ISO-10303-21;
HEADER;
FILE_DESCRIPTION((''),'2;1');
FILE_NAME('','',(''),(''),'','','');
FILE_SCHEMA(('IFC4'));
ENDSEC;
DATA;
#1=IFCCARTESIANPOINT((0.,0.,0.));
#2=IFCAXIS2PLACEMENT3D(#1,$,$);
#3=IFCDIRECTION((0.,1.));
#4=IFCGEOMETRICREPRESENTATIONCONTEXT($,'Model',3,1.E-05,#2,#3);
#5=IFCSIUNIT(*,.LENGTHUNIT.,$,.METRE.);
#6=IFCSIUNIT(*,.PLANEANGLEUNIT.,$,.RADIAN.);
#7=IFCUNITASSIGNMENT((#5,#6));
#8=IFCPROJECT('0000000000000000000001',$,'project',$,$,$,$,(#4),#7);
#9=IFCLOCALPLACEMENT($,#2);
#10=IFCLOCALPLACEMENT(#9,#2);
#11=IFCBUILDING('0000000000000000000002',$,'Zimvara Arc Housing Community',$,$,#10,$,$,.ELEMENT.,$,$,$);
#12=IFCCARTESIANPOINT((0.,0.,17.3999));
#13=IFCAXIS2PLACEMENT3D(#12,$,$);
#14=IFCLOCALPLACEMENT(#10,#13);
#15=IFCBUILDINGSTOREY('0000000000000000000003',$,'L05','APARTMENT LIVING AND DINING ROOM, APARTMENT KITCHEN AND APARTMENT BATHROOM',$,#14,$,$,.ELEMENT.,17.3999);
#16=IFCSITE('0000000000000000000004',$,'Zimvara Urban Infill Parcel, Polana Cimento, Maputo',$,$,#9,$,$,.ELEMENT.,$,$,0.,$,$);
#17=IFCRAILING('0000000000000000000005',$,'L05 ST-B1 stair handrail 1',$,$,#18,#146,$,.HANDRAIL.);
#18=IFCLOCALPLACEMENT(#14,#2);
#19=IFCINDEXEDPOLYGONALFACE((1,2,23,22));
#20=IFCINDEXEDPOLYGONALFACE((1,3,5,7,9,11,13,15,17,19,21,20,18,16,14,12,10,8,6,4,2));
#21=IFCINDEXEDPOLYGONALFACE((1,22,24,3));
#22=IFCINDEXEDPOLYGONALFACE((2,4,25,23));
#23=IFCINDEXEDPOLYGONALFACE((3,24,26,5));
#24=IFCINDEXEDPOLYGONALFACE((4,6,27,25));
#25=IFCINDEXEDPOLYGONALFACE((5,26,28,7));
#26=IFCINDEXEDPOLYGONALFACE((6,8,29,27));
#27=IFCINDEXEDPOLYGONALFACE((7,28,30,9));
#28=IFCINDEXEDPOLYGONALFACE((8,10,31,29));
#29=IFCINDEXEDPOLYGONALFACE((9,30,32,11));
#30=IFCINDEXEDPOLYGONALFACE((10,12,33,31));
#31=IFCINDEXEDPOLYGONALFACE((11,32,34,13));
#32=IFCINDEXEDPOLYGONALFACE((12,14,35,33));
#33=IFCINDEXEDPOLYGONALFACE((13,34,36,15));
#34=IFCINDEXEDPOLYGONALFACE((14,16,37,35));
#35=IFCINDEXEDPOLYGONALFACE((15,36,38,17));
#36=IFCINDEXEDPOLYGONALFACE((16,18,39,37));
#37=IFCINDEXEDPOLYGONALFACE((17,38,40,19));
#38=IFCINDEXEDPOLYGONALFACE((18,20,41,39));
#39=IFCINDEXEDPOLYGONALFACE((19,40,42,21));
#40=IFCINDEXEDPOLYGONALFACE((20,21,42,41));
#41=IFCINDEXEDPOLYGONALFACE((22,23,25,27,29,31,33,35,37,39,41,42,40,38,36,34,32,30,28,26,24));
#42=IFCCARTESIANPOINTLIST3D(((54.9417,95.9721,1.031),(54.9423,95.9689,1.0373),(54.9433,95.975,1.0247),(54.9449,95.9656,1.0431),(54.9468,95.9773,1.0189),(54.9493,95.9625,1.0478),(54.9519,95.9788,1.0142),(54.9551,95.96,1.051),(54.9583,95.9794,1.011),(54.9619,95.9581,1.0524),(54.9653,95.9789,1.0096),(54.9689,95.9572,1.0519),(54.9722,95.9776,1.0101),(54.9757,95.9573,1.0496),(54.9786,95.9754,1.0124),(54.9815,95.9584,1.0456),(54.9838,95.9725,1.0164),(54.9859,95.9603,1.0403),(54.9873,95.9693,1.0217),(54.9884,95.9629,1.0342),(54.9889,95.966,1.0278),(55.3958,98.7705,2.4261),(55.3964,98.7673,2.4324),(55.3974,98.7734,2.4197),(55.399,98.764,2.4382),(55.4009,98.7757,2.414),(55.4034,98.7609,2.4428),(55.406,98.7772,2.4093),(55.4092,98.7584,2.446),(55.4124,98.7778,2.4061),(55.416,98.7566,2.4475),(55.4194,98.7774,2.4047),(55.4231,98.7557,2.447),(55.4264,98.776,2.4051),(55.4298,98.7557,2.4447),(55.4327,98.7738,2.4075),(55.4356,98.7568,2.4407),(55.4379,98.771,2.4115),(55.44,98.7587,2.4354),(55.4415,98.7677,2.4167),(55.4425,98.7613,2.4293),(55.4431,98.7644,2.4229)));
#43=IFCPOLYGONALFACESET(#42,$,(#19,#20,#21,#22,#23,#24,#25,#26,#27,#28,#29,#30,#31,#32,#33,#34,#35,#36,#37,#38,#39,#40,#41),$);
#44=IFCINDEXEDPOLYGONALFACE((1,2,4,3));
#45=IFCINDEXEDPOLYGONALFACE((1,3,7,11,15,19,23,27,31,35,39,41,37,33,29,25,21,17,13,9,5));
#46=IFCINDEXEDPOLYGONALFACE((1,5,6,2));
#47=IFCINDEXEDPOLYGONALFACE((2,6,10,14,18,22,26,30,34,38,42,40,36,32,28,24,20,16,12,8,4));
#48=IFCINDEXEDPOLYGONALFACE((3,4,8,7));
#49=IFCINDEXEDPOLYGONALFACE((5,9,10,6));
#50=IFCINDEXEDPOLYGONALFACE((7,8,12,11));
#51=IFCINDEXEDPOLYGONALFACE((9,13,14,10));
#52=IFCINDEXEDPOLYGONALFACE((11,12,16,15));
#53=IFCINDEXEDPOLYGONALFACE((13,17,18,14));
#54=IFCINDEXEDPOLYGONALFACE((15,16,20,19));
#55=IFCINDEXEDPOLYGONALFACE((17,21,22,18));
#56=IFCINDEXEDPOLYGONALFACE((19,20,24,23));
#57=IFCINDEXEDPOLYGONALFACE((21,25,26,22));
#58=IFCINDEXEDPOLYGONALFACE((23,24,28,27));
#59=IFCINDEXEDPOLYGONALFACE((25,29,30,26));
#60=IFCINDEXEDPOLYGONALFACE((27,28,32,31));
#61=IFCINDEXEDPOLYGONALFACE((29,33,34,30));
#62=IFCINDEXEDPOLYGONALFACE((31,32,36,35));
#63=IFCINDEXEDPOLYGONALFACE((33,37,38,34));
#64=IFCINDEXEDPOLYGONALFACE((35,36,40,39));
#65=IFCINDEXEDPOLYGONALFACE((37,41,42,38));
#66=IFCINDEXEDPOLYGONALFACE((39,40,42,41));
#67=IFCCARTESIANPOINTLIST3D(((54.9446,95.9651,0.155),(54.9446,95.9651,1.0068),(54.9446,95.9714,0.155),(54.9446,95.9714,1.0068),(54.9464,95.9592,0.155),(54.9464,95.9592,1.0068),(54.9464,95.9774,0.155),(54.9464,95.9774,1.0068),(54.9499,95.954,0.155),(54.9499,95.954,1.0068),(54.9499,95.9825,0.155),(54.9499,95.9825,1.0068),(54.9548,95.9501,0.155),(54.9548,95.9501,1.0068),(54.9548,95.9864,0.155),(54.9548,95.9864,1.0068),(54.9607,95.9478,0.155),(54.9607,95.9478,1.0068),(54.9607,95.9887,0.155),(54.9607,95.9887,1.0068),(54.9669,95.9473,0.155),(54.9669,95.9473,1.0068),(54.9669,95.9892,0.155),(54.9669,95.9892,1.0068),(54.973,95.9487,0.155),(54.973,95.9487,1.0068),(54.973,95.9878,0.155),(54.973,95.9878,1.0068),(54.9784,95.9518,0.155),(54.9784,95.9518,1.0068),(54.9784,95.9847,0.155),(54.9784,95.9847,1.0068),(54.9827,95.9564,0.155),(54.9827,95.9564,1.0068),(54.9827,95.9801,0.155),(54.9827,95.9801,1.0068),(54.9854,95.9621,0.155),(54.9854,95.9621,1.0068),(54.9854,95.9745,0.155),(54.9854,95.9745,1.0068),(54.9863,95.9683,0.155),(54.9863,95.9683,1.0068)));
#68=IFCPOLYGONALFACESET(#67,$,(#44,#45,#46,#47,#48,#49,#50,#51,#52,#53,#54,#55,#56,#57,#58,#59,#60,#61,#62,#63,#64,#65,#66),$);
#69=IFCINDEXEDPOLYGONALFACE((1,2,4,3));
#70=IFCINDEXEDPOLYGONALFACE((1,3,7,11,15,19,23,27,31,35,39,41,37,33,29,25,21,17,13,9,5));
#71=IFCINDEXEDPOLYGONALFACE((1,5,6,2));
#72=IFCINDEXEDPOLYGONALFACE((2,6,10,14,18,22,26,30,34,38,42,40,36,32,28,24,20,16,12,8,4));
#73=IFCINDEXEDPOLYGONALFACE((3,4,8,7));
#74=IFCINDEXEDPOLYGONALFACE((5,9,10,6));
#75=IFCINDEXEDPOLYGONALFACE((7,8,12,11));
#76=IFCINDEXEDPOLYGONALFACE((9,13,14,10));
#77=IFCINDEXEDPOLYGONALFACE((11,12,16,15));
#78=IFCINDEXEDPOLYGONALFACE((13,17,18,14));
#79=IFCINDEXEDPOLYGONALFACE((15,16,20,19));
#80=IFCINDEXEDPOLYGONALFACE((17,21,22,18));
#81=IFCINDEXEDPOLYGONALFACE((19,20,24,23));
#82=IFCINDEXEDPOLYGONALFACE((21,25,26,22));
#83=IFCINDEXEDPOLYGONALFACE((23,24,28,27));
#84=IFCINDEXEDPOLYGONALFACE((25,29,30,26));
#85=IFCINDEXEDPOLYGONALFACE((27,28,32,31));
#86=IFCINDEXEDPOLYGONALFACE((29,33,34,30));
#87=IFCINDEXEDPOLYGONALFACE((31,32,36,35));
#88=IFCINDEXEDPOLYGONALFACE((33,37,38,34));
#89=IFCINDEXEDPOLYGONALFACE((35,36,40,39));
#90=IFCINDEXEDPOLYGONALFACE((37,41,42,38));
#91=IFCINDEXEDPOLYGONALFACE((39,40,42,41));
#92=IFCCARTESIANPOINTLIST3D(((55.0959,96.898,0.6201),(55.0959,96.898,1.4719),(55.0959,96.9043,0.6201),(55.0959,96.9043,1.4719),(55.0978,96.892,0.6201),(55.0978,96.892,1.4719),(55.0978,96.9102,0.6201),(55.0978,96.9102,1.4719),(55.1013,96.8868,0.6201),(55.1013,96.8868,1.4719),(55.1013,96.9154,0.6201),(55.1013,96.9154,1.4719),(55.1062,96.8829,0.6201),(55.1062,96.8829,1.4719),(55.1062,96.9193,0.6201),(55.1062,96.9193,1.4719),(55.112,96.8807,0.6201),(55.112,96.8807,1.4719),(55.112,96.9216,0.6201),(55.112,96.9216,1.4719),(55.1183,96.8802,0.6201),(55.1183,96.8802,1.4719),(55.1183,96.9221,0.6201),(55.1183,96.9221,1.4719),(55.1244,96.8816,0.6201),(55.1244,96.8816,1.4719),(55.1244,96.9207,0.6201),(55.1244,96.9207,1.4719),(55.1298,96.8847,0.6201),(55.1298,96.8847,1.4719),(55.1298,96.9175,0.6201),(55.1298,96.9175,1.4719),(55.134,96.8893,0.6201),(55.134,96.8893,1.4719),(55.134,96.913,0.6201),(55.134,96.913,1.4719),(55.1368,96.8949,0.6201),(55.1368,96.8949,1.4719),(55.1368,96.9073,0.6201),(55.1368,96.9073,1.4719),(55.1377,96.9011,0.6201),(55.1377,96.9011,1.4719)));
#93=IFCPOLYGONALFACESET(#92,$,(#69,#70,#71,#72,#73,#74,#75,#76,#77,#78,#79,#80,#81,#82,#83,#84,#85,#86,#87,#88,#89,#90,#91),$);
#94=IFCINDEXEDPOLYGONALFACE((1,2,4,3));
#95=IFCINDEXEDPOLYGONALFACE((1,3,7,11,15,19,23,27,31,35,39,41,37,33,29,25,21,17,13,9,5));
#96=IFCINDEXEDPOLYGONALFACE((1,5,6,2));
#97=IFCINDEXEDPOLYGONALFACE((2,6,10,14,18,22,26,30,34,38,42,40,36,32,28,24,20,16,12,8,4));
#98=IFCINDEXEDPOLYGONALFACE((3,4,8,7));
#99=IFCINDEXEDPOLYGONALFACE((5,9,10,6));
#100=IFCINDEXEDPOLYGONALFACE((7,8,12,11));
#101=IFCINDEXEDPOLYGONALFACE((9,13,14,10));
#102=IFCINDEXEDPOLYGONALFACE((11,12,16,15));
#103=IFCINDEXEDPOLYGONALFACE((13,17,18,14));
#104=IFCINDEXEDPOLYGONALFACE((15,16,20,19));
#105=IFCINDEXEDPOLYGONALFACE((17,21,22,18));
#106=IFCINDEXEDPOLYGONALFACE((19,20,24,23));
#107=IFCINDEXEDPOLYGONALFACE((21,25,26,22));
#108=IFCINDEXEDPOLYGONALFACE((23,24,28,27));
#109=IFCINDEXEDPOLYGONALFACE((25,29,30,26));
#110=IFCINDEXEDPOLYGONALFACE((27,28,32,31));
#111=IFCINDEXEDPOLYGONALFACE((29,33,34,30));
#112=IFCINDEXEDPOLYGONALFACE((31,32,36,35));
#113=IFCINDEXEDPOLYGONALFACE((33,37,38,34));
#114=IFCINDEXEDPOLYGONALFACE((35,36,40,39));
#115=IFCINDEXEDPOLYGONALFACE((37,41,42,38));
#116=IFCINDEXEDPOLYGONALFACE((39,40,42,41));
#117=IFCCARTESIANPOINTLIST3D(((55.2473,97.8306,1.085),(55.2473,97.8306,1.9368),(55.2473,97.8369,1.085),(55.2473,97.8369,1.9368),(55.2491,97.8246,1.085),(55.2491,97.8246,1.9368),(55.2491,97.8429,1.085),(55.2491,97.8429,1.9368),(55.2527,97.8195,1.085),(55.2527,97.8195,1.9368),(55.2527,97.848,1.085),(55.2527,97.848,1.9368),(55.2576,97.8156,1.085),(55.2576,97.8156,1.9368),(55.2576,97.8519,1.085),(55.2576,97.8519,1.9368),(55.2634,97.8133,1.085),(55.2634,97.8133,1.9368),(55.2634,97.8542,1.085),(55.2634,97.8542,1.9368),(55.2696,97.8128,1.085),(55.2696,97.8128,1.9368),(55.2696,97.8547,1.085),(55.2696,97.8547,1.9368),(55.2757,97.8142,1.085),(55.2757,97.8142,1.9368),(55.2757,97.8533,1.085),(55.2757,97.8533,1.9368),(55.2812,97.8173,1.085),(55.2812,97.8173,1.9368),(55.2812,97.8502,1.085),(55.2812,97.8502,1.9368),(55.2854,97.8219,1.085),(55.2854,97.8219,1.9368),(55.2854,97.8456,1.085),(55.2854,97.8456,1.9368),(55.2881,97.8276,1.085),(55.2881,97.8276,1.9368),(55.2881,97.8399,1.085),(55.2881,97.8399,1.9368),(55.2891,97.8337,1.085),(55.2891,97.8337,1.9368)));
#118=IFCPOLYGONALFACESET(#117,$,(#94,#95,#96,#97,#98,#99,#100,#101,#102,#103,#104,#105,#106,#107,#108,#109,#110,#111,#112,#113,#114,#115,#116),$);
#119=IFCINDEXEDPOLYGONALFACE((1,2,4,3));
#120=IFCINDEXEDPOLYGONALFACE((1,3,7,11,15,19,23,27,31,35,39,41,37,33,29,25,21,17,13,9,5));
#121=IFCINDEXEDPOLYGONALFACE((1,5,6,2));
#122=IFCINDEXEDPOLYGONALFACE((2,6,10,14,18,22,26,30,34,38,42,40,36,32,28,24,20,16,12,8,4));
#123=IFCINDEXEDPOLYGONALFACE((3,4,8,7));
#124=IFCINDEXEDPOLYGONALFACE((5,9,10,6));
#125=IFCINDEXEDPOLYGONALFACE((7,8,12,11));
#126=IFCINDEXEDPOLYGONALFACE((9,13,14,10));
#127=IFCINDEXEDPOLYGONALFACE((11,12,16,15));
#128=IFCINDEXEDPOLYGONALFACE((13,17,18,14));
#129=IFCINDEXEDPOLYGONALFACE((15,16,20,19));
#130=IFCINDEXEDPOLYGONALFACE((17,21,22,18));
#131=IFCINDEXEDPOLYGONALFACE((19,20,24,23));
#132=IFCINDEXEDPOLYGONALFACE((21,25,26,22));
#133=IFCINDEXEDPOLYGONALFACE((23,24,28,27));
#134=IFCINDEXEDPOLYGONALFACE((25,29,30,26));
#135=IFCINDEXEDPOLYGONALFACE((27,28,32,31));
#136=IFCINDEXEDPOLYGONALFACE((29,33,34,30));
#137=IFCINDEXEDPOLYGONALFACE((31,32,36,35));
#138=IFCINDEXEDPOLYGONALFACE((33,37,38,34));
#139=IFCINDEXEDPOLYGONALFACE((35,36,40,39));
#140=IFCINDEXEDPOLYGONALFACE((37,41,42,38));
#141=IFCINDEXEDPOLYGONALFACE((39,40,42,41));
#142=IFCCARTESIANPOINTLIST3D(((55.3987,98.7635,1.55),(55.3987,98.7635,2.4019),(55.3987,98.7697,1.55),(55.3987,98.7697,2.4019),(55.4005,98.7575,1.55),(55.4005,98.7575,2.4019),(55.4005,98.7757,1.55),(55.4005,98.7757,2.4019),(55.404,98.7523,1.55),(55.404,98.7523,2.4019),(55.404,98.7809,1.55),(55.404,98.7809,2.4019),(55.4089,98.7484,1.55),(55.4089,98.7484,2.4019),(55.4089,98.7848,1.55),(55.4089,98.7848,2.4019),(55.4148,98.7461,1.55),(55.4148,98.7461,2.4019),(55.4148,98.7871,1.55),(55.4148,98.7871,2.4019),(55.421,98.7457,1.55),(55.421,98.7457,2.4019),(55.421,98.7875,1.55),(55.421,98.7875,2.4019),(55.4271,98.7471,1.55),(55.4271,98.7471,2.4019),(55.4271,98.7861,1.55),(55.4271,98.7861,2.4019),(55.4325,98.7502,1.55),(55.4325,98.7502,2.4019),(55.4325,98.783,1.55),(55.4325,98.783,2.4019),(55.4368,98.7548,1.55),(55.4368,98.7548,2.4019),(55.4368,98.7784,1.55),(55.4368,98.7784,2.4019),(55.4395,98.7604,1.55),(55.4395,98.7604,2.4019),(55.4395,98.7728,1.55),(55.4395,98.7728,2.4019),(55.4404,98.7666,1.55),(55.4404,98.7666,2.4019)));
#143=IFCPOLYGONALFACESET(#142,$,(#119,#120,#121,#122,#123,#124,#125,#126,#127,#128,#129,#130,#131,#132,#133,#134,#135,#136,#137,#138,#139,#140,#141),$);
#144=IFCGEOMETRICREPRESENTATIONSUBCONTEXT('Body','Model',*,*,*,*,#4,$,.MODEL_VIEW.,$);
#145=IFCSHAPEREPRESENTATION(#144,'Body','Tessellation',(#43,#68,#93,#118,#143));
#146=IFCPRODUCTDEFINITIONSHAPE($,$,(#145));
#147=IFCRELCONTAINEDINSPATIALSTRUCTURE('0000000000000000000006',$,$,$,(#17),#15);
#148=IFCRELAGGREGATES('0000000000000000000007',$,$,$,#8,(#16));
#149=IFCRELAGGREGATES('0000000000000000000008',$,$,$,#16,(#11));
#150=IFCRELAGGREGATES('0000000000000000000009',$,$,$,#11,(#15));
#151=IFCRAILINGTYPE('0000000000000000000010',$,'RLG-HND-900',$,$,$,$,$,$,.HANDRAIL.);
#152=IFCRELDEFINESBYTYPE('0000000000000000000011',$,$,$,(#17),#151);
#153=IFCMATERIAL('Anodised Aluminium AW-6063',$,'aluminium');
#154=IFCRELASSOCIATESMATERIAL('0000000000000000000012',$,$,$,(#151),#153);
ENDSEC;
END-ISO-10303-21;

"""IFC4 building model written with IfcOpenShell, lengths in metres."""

from ifc_helpers import new_model, si_unit, direction, frame, origin, origin_2d, place, context, subcontext, project, spatial, circle, extrude, material, type_object, element, save


model = new_model("IFC4")

# Units and contexts
model_context = context("Model", 3, precision=1e-05, world=origin(), true_north=direction((0.0, 1.0)))
body_context = subcontext(model_context, "Body", "Model", "MODEL_VIEW")
ifc_project = project(units=[si_unit("LENGTHUNIT", "METRE"), si_unit("PLANEANGLEUNIT", "RADIAN")], contexts=[model_context])

# Site, building, storey
site_placement = place(None, origin())
site = spatial("IfcSite", under=ifc_project, at=site_placement, Name="Zimvara Urban Infill Parcel, Polana Cimento, Maputo", CompositionType="ELEMENT", RefElevation=0.0)
building_placement = place(site_placement, origin())
building = spatial("IfcBuilding", under=site, at=building_placement, Name="Zimvara Arc Housing Community", CompositionType="ELEMENT")
storey_placement = place(building_placement, frame((0.0, 0.0, 17.3999)))
storey = spatial("IfcBuildingStorey", under=building, at=storey_placement, Name="L05", Description="APARTMENT LIVING AND DINING ROOM, APARTMENT KITCHEN AND APARTMENT BATHROOM", CompositionType="ELEMENT", Elevation=17.3999)

# Railing
ifc_material_1 = material(Name="Anodised Aluminium AW-6063", Category="aluminium")
railing_type_1 = type_object("IfcRailingType", Name="RLG-HND-900", PredefinedType="HANDRAIL", material=ifc_material_1)
railing_1_placement = place(storey_placement, frame((54.9653, 95.9683, 0.155)))
element("IfcRailing", 1, at=railing_1_placement, inside=storey, type_object=railing_type_1, Name="L05 ST-B1 stair handrail 1", PredefinedType="HANDRAIL", context=body_context, shape_type="SweptSolid", body=[
    extrude(circle(Radius=0.0239, at=origin_2d()), frame((0.0, 0.0, 0.876), z_axis=(0.143722, 0.885666, 0.44152), x_axis=(-0.987088, 0.16018, 0.0)), (0.0, 0.0, 1.0), 3.1597),
    extrude(circle(Radius=0.021, at=origin_2d()), origin(), (0.0, 0.0, 1.0), 0.8518),
    extrude(circle(Radius=0.021, at=origin_2d()), frame((0.1514, 0.9329, 0.4651)), (0.0, 0.0, 1.0), 0.8518),
    extrude(circle(Radius=0.021, at=origin_2d()), frame((0.3027, 1.8655, 0.9299)), (0.0, 0.0, 1.0), 0.8518),
    extrude(circle(Radius=0.021, at=origin_2d()), frame((0.4541, 2.7983, 1.395)), (0.0, 0.0, 1.0), 0.8518),
])

save(model, "model.ifc")
